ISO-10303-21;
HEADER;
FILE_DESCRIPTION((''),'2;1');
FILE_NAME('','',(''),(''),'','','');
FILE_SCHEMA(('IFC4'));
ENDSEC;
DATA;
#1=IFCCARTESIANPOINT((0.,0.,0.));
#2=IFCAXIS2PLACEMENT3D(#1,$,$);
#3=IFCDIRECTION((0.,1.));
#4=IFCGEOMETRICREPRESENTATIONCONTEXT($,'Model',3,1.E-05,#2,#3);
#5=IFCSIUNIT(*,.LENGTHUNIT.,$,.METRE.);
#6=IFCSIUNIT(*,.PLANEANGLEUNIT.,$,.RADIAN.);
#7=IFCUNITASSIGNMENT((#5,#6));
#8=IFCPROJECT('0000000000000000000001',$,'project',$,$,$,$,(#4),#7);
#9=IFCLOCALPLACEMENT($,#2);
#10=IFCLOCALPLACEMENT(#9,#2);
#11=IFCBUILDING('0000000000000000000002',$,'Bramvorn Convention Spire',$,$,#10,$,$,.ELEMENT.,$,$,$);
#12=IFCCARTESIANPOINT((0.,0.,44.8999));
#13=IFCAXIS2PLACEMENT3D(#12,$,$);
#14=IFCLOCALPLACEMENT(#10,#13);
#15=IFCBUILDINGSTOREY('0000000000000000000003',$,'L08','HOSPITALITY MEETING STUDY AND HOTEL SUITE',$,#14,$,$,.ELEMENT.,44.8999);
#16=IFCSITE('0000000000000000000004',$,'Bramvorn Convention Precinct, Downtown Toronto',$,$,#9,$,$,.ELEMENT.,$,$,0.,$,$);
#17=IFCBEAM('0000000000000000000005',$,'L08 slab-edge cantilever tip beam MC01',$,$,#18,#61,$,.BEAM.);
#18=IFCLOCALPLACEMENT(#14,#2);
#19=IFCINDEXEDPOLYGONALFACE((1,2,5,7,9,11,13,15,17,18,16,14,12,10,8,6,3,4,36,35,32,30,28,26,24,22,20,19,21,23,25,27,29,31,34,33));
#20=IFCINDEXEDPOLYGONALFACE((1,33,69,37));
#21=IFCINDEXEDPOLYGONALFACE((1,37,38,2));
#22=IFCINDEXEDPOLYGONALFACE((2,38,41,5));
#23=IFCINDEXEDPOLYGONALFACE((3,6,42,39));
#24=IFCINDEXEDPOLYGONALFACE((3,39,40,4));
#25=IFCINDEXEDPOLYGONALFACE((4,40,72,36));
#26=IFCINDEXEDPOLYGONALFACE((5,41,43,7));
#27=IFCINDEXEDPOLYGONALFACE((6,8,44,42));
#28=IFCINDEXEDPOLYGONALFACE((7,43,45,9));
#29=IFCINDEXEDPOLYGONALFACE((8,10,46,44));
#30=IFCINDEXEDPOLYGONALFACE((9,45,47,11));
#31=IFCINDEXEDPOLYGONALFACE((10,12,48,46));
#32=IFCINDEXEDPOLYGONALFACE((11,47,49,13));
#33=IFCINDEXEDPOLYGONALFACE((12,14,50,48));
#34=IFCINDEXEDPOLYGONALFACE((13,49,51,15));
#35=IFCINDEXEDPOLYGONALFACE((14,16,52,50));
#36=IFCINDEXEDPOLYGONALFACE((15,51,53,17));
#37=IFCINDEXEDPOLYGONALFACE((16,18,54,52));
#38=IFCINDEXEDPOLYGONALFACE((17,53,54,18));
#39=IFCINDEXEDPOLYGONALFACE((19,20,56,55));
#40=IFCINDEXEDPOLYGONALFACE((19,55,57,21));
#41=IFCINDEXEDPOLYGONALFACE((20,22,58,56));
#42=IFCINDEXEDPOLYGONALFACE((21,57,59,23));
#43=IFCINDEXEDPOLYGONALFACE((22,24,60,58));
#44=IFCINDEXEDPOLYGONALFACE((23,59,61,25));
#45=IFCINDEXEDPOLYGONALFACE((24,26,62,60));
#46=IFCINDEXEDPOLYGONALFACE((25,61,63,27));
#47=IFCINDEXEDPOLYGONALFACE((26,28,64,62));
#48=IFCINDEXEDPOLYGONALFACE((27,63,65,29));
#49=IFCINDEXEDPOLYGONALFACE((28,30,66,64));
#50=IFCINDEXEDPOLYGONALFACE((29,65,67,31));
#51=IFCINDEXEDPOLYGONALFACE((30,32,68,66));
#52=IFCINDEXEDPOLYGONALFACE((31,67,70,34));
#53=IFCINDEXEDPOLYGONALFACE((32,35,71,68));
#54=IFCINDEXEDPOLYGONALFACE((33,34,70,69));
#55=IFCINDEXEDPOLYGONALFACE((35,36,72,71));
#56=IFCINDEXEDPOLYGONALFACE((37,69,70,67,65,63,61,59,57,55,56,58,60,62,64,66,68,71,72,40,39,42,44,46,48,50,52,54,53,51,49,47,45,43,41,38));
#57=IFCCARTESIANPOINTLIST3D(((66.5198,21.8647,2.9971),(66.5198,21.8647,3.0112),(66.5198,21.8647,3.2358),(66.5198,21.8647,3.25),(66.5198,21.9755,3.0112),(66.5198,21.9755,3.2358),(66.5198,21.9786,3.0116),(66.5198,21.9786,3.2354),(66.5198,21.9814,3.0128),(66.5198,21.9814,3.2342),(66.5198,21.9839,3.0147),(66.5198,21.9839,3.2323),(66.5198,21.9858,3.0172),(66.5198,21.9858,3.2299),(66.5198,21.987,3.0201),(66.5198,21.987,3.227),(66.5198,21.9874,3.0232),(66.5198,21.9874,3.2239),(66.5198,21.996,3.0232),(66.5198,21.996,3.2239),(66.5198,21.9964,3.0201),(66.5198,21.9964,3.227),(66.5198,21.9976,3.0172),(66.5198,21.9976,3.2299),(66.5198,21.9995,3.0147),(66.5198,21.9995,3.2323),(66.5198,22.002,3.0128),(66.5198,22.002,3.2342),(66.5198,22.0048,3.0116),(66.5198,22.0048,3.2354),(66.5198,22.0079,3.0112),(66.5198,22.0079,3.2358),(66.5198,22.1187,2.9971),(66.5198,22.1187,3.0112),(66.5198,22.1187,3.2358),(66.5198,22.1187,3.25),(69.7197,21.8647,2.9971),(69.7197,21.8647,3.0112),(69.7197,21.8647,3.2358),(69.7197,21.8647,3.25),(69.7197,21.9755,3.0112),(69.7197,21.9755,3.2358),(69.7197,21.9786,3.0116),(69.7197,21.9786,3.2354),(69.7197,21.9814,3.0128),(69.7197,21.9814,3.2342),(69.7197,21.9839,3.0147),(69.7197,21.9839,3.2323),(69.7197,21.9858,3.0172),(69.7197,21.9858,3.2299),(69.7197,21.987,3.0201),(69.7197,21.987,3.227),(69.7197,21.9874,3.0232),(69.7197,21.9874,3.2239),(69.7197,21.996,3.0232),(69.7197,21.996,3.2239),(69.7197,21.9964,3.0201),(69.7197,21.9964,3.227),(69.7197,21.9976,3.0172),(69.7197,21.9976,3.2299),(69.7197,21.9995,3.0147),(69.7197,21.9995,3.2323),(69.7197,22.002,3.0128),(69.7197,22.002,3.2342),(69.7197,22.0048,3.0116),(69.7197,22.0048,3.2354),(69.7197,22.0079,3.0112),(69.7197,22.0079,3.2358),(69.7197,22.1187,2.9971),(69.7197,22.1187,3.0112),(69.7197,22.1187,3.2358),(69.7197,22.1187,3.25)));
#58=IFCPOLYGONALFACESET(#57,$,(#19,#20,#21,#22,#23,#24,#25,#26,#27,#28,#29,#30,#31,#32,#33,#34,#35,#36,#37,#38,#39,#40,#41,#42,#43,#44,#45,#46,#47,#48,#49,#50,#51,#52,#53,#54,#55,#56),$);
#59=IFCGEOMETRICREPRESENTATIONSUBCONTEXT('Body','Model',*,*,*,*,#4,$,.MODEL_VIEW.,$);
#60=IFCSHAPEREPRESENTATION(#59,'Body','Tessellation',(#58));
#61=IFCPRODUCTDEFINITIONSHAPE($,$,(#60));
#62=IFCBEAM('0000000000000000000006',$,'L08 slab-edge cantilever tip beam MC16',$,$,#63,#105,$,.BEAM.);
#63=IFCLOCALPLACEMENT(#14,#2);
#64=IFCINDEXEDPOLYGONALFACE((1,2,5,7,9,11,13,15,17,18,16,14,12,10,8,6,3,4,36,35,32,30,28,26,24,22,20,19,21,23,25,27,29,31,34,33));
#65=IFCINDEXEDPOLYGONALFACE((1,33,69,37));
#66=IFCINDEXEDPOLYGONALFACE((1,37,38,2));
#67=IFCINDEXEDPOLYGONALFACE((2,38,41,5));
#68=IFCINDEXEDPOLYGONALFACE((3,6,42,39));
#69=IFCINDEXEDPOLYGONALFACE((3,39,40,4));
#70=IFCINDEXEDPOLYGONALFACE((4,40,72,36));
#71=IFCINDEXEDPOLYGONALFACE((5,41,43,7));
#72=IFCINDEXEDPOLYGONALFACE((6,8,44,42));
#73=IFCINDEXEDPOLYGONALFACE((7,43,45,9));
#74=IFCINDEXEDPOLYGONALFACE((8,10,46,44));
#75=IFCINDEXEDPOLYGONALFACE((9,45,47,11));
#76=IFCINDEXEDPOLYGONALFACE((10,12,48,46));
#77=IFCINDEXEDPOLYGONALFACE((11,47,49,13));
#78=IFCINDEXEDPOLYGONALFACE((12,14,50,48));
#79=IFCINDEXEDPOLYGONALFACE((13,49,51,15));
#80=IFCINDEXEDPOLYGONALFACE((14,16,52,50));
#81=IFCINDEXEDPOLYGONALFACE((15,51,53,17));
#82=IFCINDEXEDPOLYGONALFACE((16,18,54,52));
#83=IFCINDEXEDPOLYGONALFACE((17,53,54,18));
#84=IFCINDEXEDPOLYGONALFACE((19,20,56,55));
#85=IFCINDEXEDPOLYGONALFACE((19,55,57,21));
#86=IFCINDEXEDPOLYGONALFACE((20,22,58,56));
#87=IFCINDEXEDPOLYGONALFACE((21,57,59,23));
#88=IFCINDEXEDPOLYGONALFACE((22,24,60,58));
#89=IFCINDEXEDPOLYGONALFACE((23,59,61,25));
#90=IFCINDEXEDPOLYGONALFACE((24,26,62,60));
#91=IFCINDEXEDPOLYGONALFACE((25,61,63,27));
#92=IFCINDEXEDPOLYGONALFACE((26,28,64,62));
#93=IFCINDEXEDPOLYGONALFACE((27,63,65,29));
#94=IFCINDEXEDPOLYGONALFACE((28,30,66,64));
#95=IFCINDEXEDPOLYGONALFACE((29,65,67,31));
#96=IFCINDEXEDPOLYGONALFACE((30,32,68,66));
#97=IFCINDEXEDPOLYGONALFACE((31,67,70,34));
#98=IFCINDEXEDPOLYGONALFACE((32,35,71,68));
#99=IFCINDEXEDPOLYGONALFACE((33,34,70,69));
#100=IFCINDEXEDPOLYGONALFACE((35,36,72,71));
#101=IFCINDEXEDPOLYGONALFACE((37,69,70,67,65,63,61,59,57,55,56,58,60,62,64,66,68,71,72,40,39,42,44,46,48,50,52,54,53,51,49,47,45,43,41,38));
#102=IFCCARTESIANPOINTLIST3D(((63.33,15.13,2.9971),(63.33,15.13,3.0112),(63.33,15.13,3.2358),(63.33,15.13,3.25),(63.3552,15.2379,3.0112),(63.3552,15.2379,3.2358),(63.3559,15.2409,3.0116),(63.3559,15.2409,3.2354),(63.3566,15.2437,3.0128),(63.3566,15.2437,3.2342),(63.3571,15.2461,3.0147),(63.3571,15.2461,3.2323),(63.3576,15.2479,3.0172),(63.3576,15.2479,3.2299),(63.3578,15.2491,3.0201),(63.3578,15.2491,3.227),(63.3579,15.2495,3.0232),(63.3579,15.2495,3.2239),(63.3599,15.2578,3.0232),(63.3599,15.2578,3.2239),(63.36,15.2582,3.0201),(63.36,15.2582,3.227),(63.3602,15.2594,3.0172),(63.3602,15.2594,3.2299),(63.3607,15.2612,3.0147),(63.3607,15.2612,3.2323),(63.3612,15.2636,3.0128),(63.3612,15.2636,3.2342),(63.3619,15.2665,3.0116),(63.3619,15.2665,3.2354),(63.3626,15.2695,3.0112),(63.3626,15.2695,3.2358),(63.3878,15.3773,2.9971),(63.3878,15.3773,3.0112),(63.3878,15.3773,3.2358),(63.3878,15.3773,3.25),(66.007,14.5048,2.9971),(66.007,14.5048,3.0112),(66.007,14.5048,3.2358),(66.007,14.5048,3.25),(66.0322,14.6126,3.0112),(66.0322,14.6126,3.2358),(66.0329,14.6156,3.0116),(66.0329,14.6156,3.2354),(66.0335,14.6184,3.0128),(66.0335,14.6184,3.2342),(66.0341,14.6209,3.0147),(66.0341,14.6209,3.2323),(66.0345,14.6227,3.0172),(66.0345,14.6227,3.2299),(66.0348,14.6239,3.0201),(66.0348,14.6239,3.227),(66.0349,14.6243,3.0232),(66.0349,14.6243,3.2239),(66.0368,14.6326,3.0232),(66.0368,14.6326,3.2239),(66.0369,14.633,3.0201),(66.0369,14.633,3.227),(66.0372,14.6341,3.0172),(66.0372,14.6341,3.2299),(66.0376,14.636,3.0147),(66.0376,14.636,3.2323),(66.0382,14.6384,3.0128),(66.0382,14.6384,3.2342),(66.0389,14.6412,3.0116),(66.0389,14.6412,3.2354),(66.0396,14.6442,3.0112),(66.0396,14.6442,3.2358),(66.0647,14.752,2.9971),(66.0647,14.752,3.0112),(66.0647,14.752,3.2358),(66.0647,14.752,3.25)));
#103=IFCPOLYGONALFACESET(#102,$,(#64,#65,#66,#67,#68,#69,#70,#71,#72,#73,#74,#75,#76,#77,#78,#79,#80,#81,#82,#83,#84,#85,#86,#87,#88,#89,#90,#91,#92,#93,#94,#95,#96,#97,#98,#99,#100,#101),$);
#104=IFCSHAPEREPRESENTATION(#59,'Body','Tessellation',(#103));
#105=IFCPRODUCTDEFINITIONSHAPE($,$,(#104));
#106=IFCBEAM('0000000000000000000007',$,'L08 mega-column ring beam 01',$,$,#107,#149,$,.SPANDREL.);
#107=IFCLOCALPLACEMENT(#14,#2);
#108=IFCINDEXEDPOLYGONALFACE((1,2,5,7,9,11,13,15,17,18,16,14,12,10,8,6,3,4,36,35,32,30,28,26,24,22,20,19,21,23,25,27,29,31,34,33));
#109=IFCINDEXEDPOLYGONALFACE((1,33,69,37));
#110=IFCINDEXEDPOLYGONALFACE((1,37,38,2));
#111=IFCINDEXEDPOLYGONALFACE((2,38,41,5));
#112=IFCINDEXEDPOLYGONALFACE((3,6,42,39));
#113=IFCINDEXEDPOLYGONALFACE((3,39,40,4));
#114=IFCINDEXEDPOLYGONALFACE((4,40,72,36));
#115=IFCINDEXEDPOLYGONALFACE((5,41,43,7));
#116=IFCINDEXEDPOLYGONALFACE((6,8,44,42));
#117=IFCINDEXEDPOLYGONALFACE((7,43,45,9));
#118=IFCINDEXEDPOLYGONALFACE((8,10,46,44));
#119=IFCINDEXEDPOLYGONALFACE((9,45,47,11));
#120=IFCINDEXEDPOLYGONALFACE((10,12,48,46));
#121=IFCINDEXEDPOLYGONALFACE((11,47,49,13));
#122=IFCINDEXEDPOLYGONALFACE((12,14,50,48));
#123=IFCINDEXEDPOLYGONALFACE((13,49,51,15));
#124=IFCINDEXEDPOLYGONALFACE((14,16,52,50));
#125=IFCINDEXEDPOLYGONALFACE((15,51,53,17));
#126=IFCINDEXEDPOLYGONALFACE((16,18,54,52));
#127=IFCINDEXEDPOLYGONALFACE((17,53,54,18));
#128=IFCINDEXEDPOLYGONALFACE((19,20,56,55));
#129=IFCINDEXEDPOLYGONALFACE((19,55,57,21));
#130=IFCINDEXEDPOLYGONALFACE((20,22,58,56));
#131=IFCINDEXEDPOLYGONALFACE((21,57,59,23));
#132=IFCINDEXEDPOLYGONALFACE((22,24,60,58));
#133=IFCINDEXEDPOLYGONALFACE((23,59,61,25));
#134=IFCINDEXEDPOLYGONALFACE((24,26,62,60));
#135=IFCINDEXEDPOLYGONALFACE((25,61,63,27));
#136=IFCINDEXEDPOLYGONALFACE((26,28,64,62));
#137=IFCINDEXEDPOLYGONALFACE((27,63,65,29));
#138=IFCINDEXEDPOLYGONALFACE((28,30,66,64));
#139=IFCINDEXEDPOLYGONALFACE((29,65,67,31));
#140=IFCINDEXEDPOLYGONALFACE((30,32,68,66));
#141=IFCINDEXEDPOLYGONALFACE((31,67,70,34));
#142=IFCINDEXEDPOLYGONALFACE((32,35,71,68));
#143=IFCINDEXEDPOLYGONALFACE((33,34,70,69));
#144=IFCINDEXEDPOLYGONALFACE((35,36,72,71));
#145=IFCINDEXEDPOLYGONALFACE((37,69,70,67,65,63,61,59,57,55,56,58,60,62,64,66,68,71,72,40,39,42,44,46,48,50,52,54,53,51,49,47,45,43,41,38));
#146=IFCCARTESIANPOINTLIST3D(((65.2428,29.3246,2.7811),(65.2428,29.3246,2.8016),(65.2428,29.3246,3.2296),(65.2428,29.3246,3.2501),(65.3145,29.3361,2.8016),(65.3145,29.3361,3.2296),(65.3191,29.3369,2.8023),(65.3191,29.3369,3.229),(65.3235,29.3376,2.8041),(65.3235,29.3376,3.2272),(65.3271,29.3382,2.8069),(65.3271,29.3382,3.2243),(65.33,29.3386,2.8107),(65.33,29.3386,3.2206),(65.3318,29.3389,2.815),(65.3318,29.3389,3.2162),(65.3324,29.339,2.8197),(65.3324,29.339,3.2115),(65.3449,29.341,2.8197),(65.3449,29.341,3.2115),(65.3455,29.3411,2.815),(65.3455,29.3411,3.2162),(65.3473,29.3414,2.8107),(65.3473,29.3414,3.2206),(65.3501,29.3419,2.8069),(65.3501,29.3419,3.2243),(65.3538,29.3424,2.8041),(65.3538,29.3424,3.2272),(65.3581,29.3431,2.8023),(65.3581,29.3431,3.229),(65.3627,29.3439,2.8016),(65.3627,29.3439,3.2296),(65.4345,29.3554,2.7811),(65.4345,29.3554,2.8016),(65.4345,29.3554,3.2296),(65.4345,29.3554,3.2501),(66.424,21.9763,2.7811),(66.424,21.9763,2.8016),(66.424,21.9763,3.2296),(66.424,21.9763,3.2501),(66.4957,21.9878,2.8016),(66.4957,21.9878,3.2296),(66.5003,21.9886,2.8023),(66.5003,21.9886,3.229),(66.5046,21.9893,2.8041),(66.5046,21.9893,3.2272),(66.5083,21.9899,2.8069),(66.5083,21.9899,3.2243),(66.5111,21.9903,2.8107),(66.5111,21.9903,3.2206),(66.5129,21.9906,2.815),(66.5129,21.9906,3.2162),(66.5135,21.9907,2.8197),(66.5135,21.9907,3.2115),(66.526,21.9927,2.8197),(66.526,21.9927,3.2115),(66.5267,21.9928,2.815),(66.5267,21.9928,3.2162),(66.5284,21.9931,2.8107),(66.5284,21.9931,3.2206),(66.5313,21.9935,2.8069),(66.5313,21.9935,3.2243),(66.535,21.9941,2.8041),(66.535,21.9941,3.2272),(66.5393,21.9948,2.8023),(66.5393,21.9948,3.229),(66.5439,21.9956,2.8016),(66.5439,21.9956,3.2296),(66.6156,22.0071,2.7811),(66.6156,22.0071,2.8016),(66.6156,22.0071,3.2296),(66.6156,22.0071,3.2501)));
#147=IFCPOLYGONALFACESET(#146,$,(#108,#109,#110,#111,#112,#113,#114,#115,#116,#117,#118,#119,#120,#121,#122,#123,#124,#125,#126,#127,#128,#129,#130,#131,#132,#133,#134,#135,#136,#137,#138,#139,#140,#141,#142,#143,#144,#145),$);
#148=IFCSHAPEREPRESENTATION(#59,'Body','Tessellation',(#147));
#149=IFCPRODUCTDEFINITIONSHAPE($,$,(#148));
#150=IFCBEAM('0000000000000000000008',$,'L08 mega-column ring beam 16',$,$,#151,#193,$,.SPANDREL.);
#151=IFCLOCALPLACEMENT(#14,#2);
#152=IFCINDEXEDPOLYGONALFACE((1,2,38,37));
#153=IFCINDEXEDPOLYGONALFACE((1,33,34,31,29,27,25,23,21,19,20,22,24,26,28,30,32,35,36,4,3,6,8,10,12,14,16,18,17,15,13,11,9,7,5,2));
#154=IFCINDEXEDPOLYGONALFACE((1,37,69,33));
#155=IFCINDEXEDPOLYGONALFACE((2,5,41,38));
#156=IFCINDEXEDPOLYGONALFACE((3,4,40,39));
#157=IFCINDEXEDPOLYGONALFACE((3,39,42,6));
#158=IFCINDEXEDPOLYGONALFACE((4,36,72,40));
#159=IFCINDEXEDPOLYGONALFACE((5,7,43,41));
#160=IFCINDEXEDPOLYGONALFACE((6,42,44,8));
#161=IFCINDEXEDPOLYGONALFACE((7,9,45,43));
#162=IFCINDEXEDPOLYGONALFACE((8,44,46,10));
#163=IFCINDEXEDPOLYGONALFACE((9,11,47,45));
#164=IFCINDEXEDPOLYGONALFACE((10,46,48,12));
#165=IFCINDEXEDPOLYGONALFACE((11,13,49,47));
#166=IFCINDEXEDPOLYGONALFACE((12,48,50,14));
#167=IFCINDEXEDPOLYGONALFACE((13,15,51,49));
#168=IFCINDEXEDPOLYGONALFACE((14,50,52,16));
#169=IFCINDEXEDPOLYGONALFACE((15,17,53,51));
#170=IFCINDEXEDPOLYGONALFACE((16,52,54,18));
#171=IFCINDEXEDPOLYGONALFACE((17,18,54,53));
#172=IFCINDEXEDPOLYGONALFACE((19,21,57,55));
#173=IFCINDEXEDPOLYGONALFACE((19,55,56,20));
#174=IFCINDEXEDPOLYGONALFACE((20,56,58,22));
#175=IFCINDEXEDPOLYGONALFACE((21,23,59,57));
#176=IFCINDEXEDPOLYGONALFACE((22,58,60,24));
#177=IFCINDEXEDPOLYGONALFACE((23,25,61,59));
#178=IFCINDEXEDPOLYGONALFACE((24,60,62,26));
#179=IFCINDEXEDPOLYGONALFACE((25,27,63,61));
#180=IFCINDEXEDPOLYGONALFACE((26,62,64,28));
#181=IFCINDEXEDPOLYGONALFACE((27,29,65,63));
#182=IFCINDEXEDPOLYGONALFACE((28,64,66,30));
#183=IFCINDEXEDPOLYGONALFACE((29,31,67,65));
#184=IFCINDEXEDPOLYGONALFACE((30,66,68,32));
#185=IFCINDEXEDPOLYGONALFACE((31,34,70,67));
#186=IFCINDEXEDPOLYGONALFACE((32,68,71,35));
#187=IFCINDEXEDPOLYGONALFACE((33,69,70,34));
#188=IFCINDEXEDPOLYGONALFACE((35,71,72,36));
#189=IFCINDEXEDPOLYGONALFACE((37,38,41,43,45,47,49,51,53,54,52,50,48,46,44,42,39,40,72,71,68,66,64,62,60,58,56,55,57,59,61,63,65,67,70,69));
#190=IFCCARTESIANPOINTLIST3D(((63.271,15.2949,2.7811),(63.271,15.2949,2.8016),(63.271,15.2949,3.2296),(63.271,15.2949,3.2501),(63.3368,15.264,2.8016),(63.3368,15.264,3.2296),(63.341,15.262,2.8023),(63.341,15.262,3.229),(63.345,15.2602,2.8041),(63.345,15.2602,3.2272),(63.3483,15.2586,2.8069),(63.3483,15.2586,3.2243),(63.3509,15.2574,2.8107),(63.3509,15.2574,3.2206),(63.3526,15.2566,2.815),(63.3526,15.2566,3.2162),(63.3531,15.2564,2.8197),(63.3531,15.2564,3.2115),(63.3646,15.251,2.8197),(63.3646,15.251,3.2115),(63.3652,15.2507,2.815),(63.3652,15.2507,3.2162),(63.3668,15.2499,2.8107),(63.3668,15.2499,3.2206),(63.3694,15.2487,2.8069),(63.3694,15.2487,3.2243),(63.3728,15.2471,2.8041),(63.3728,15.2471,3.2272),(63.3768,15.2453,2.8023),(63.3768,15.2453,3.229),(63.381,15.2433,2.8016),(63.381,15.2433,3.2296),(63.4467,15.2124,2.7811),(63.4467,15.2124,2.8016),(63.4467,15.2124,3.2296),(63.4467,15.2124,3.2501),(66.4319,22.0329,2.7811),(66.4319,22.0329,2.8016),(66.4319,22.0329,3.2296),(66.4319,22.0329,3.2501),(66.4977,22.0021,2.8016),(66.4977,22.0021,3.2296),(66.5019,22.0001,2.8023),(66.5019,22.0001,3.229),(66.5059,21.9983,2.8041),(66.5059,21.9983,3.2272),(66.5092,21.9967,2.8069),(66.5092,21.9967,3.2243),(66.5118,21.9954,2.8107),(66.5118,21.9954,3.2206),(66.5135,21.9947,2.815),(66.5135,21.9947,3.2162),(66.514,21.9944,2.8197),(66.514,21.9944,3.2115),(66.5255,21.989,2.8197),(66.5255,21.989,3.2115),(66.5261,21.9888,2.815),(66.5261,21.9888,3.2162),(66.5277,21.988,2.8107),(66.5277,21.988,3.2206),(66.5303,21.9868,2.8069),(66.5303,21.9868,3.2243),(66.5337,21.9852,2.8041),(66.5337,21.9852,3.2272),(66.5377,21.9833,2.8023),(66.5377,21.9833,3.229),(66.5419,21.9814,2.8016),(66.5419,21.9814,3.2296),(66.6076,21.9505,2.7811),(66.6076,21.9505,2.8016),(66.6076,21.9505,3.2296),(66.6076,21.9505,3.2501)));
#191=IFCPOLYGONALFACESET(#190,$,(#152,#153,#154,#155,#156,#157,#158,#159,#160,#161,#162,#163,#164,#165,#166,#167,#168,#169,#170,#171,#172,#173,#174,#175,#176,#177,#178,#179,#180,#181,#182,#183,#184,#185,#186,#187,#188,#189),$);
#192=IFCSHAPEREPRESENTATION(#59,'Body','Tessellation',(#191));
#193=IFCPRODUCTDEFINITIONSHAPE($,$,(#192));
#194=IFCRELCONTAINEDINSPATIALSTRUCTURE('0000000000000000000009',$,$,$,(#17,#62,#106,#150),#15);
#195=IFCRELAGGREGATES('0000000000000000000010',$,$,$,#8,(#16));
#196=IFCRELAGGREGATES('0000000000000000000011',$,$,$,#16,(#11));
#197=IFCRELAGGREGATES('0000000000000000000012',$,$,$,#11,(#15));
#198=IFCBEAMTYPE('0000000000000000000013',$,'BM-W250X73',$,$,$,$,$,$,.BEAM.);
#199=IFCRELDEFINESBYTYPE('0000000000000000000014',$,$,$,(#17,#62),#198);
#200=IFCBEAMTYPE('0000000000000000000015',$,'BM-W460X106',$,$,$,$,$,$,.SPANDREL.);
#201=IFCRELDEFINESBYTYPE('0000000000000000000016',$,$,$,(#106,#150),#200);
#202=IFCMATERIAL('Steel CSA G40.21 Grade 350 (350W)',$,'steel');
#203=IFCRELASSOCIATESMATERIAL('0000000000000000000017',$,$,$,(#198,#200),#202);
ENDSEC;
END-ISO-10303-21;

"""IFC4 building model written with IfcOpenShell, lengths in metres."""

from ifc_helpers import new_model, si_unit, direction, frame, origin, origin_2d, place, context, subcontext, project, spatial, i_section, extrude, material, material_profile, profile_set, type_object, element, save


model = new_model("IFC4")

# Units and contexts
model_context = context("Model", 3, precision=1e-05, world=origin(), true_north=direction((0.0, 1.0)))
body_context = subcontext(model_context, "Body", "Model", "MODEL_VIEW")
ifc_project = project(units=[si_unit("LENGTHUNIT", "METRE"), si_unit("PLANEANGLEUNIT", "RADIAN")], contexts=[model_context])

# Site, building, storey
site_placement = place(None, origin())
site = spatial("IfcSite", under=ifc_project, at=site_placement, Name="Bramvorn Convention Precinct, Downtown Toronto", CompositionType="ELEMENT", RefElevation=0.0)
building_placement = place(site_placement, origin())
building = spatial("IfcBuilding", under=site, at=building_placement, Name="Bramvorn Convention Spire", CompositionType="ELEMENT")
storey_placement = place(building_placement, frame((0.0, 0.0, 44.8999)))
storey = spatial("IfcBuildingStorey", under=building, at=storey_placement, Name="L08", Description="HOSPITALITY MEETING STUDY AND HOTEL SUITE", CompositionType="ELEMENT", Elevation=44.8999)

# Shared definitions
ifc_material_1 = material(Name="Steel CSA G40.21 Grade 350 (350W)", Category="steel")

# Beams
ifc_material_profile_1 = material_profile(ifc_material_1, i_section(OverallWidth=0.2539, OverallDepth=0.2529, WebThickness=0.0085, FlangeThickness=0.0142, FilletRadius=0.012, at=origin_2d()))
ifc_profile_set_1 = profile_set([ifc_material_profile_1], Name="Steel CSA G40.21 Grade 350 (350W) - W250X73")
beam_type_1 = type_object("IfcBeamType", Name="BM-W250X73", PredefinedType="BEAM", material=ifc_profile_set_1)
beam_1_placement = place(storey_placement, frame((66.5198, 21.9917, 3.1235), z_axis=(1.0, 0.0, 0.0), x_axis=(0.0, 1.0, 0.0)))
element("IfcBeam", 1, at=beam_1_placement, inside=storey, type_object=beam_type_1, Name="L08 slab-edge cantilever tip beam MC01", PredefinedType="BEAM", context=body_context, shape_type="SweptSolid", body=[
    extrude(i_section(OverallWidth=0.2539, OverallDepth=0.2529, WebThickness=0.0085, FlangeThickness=0.0142, FilletRadius=0.012, at=origin_2d()), origin(), (0.0, 0.0, 1.0), 3.2),
])
beam_2_placement = place(storey_placement, frame((63.3589, 15.2537, 3.1235), z_axis=(0.973792, -0.22744, 0.0), x_axis=(0.22744, 0.973792, 0.0)))
element("IfcBeam", 2, at=beam_2_placement, inside=storey, type_object=beam_type_1, Name="L08 slab-edge cantilever tip beam MC16", PredefinedType="BEAM", context=body_context, shape_type="SweptSolid", body=[
    extrude(i_section(OverallWidth=0.2539, OverallDepth=0.2529, WebThickness=0.0085, FlangeThickness=0.0142, FilletRadius=0.012, at=origin_2d()), origin(), (0.0, 0.0, 1.0), 2.749),
])
ifc_material_profile_2 = material_profile(ifc_material_1, i_section(OverallWidth=0.1941, OverallDepth=0.469, WebThickness=0.0127, FlangeThickness=0.0205, FilletRadius=0.0181, at=origin_2d()))
ifc_profile_set_2 = profile_set([ifc_material_profile_2], Name="Steel CSA G40.21 Grade 350 (350W) - W460X106")
beam_type_2 = type_object("IfcBeamType", Name="BM-W460X106", PredefinedType="SPANDREL", material=ifc_profile_set_2)
for number, where, z_axis, x_axis, name in (
    (3, (66.5198, 21.9917, 3.0156), (-0.158699, 0.987327, 0.0), (-0.987327, -0.158699, 0.0), "L08 mega-column ring beam 01"),
    (4, (63.3589, 15.2537, 3.0156), (0.424702, 0.905333, 0.0), (-0.905333, 0.424702, 0.0), "L08 mega-column ring beam 16"),
):
    element("IfcBeam", number, at=place(storey_placement, frame(where, z_axis=z_axis, x_axis=x_axis)), inside=storey, type_object=beam_type_2, Name=name, PredefinedType="SPANDREL", context=body_context, shape_type="SweptSolid", body=[
        extrude(i_section(OverallWidth=0.1941, OverallDepth=0.469, WebThickness=0.0127, FlangeThickness=0.0205, FilletRadius=0.0181, at=origin_2d()), origin(), (0.0, 0.0, 1.0), 7.4426),
    ])

save(model, "model.ifc")
